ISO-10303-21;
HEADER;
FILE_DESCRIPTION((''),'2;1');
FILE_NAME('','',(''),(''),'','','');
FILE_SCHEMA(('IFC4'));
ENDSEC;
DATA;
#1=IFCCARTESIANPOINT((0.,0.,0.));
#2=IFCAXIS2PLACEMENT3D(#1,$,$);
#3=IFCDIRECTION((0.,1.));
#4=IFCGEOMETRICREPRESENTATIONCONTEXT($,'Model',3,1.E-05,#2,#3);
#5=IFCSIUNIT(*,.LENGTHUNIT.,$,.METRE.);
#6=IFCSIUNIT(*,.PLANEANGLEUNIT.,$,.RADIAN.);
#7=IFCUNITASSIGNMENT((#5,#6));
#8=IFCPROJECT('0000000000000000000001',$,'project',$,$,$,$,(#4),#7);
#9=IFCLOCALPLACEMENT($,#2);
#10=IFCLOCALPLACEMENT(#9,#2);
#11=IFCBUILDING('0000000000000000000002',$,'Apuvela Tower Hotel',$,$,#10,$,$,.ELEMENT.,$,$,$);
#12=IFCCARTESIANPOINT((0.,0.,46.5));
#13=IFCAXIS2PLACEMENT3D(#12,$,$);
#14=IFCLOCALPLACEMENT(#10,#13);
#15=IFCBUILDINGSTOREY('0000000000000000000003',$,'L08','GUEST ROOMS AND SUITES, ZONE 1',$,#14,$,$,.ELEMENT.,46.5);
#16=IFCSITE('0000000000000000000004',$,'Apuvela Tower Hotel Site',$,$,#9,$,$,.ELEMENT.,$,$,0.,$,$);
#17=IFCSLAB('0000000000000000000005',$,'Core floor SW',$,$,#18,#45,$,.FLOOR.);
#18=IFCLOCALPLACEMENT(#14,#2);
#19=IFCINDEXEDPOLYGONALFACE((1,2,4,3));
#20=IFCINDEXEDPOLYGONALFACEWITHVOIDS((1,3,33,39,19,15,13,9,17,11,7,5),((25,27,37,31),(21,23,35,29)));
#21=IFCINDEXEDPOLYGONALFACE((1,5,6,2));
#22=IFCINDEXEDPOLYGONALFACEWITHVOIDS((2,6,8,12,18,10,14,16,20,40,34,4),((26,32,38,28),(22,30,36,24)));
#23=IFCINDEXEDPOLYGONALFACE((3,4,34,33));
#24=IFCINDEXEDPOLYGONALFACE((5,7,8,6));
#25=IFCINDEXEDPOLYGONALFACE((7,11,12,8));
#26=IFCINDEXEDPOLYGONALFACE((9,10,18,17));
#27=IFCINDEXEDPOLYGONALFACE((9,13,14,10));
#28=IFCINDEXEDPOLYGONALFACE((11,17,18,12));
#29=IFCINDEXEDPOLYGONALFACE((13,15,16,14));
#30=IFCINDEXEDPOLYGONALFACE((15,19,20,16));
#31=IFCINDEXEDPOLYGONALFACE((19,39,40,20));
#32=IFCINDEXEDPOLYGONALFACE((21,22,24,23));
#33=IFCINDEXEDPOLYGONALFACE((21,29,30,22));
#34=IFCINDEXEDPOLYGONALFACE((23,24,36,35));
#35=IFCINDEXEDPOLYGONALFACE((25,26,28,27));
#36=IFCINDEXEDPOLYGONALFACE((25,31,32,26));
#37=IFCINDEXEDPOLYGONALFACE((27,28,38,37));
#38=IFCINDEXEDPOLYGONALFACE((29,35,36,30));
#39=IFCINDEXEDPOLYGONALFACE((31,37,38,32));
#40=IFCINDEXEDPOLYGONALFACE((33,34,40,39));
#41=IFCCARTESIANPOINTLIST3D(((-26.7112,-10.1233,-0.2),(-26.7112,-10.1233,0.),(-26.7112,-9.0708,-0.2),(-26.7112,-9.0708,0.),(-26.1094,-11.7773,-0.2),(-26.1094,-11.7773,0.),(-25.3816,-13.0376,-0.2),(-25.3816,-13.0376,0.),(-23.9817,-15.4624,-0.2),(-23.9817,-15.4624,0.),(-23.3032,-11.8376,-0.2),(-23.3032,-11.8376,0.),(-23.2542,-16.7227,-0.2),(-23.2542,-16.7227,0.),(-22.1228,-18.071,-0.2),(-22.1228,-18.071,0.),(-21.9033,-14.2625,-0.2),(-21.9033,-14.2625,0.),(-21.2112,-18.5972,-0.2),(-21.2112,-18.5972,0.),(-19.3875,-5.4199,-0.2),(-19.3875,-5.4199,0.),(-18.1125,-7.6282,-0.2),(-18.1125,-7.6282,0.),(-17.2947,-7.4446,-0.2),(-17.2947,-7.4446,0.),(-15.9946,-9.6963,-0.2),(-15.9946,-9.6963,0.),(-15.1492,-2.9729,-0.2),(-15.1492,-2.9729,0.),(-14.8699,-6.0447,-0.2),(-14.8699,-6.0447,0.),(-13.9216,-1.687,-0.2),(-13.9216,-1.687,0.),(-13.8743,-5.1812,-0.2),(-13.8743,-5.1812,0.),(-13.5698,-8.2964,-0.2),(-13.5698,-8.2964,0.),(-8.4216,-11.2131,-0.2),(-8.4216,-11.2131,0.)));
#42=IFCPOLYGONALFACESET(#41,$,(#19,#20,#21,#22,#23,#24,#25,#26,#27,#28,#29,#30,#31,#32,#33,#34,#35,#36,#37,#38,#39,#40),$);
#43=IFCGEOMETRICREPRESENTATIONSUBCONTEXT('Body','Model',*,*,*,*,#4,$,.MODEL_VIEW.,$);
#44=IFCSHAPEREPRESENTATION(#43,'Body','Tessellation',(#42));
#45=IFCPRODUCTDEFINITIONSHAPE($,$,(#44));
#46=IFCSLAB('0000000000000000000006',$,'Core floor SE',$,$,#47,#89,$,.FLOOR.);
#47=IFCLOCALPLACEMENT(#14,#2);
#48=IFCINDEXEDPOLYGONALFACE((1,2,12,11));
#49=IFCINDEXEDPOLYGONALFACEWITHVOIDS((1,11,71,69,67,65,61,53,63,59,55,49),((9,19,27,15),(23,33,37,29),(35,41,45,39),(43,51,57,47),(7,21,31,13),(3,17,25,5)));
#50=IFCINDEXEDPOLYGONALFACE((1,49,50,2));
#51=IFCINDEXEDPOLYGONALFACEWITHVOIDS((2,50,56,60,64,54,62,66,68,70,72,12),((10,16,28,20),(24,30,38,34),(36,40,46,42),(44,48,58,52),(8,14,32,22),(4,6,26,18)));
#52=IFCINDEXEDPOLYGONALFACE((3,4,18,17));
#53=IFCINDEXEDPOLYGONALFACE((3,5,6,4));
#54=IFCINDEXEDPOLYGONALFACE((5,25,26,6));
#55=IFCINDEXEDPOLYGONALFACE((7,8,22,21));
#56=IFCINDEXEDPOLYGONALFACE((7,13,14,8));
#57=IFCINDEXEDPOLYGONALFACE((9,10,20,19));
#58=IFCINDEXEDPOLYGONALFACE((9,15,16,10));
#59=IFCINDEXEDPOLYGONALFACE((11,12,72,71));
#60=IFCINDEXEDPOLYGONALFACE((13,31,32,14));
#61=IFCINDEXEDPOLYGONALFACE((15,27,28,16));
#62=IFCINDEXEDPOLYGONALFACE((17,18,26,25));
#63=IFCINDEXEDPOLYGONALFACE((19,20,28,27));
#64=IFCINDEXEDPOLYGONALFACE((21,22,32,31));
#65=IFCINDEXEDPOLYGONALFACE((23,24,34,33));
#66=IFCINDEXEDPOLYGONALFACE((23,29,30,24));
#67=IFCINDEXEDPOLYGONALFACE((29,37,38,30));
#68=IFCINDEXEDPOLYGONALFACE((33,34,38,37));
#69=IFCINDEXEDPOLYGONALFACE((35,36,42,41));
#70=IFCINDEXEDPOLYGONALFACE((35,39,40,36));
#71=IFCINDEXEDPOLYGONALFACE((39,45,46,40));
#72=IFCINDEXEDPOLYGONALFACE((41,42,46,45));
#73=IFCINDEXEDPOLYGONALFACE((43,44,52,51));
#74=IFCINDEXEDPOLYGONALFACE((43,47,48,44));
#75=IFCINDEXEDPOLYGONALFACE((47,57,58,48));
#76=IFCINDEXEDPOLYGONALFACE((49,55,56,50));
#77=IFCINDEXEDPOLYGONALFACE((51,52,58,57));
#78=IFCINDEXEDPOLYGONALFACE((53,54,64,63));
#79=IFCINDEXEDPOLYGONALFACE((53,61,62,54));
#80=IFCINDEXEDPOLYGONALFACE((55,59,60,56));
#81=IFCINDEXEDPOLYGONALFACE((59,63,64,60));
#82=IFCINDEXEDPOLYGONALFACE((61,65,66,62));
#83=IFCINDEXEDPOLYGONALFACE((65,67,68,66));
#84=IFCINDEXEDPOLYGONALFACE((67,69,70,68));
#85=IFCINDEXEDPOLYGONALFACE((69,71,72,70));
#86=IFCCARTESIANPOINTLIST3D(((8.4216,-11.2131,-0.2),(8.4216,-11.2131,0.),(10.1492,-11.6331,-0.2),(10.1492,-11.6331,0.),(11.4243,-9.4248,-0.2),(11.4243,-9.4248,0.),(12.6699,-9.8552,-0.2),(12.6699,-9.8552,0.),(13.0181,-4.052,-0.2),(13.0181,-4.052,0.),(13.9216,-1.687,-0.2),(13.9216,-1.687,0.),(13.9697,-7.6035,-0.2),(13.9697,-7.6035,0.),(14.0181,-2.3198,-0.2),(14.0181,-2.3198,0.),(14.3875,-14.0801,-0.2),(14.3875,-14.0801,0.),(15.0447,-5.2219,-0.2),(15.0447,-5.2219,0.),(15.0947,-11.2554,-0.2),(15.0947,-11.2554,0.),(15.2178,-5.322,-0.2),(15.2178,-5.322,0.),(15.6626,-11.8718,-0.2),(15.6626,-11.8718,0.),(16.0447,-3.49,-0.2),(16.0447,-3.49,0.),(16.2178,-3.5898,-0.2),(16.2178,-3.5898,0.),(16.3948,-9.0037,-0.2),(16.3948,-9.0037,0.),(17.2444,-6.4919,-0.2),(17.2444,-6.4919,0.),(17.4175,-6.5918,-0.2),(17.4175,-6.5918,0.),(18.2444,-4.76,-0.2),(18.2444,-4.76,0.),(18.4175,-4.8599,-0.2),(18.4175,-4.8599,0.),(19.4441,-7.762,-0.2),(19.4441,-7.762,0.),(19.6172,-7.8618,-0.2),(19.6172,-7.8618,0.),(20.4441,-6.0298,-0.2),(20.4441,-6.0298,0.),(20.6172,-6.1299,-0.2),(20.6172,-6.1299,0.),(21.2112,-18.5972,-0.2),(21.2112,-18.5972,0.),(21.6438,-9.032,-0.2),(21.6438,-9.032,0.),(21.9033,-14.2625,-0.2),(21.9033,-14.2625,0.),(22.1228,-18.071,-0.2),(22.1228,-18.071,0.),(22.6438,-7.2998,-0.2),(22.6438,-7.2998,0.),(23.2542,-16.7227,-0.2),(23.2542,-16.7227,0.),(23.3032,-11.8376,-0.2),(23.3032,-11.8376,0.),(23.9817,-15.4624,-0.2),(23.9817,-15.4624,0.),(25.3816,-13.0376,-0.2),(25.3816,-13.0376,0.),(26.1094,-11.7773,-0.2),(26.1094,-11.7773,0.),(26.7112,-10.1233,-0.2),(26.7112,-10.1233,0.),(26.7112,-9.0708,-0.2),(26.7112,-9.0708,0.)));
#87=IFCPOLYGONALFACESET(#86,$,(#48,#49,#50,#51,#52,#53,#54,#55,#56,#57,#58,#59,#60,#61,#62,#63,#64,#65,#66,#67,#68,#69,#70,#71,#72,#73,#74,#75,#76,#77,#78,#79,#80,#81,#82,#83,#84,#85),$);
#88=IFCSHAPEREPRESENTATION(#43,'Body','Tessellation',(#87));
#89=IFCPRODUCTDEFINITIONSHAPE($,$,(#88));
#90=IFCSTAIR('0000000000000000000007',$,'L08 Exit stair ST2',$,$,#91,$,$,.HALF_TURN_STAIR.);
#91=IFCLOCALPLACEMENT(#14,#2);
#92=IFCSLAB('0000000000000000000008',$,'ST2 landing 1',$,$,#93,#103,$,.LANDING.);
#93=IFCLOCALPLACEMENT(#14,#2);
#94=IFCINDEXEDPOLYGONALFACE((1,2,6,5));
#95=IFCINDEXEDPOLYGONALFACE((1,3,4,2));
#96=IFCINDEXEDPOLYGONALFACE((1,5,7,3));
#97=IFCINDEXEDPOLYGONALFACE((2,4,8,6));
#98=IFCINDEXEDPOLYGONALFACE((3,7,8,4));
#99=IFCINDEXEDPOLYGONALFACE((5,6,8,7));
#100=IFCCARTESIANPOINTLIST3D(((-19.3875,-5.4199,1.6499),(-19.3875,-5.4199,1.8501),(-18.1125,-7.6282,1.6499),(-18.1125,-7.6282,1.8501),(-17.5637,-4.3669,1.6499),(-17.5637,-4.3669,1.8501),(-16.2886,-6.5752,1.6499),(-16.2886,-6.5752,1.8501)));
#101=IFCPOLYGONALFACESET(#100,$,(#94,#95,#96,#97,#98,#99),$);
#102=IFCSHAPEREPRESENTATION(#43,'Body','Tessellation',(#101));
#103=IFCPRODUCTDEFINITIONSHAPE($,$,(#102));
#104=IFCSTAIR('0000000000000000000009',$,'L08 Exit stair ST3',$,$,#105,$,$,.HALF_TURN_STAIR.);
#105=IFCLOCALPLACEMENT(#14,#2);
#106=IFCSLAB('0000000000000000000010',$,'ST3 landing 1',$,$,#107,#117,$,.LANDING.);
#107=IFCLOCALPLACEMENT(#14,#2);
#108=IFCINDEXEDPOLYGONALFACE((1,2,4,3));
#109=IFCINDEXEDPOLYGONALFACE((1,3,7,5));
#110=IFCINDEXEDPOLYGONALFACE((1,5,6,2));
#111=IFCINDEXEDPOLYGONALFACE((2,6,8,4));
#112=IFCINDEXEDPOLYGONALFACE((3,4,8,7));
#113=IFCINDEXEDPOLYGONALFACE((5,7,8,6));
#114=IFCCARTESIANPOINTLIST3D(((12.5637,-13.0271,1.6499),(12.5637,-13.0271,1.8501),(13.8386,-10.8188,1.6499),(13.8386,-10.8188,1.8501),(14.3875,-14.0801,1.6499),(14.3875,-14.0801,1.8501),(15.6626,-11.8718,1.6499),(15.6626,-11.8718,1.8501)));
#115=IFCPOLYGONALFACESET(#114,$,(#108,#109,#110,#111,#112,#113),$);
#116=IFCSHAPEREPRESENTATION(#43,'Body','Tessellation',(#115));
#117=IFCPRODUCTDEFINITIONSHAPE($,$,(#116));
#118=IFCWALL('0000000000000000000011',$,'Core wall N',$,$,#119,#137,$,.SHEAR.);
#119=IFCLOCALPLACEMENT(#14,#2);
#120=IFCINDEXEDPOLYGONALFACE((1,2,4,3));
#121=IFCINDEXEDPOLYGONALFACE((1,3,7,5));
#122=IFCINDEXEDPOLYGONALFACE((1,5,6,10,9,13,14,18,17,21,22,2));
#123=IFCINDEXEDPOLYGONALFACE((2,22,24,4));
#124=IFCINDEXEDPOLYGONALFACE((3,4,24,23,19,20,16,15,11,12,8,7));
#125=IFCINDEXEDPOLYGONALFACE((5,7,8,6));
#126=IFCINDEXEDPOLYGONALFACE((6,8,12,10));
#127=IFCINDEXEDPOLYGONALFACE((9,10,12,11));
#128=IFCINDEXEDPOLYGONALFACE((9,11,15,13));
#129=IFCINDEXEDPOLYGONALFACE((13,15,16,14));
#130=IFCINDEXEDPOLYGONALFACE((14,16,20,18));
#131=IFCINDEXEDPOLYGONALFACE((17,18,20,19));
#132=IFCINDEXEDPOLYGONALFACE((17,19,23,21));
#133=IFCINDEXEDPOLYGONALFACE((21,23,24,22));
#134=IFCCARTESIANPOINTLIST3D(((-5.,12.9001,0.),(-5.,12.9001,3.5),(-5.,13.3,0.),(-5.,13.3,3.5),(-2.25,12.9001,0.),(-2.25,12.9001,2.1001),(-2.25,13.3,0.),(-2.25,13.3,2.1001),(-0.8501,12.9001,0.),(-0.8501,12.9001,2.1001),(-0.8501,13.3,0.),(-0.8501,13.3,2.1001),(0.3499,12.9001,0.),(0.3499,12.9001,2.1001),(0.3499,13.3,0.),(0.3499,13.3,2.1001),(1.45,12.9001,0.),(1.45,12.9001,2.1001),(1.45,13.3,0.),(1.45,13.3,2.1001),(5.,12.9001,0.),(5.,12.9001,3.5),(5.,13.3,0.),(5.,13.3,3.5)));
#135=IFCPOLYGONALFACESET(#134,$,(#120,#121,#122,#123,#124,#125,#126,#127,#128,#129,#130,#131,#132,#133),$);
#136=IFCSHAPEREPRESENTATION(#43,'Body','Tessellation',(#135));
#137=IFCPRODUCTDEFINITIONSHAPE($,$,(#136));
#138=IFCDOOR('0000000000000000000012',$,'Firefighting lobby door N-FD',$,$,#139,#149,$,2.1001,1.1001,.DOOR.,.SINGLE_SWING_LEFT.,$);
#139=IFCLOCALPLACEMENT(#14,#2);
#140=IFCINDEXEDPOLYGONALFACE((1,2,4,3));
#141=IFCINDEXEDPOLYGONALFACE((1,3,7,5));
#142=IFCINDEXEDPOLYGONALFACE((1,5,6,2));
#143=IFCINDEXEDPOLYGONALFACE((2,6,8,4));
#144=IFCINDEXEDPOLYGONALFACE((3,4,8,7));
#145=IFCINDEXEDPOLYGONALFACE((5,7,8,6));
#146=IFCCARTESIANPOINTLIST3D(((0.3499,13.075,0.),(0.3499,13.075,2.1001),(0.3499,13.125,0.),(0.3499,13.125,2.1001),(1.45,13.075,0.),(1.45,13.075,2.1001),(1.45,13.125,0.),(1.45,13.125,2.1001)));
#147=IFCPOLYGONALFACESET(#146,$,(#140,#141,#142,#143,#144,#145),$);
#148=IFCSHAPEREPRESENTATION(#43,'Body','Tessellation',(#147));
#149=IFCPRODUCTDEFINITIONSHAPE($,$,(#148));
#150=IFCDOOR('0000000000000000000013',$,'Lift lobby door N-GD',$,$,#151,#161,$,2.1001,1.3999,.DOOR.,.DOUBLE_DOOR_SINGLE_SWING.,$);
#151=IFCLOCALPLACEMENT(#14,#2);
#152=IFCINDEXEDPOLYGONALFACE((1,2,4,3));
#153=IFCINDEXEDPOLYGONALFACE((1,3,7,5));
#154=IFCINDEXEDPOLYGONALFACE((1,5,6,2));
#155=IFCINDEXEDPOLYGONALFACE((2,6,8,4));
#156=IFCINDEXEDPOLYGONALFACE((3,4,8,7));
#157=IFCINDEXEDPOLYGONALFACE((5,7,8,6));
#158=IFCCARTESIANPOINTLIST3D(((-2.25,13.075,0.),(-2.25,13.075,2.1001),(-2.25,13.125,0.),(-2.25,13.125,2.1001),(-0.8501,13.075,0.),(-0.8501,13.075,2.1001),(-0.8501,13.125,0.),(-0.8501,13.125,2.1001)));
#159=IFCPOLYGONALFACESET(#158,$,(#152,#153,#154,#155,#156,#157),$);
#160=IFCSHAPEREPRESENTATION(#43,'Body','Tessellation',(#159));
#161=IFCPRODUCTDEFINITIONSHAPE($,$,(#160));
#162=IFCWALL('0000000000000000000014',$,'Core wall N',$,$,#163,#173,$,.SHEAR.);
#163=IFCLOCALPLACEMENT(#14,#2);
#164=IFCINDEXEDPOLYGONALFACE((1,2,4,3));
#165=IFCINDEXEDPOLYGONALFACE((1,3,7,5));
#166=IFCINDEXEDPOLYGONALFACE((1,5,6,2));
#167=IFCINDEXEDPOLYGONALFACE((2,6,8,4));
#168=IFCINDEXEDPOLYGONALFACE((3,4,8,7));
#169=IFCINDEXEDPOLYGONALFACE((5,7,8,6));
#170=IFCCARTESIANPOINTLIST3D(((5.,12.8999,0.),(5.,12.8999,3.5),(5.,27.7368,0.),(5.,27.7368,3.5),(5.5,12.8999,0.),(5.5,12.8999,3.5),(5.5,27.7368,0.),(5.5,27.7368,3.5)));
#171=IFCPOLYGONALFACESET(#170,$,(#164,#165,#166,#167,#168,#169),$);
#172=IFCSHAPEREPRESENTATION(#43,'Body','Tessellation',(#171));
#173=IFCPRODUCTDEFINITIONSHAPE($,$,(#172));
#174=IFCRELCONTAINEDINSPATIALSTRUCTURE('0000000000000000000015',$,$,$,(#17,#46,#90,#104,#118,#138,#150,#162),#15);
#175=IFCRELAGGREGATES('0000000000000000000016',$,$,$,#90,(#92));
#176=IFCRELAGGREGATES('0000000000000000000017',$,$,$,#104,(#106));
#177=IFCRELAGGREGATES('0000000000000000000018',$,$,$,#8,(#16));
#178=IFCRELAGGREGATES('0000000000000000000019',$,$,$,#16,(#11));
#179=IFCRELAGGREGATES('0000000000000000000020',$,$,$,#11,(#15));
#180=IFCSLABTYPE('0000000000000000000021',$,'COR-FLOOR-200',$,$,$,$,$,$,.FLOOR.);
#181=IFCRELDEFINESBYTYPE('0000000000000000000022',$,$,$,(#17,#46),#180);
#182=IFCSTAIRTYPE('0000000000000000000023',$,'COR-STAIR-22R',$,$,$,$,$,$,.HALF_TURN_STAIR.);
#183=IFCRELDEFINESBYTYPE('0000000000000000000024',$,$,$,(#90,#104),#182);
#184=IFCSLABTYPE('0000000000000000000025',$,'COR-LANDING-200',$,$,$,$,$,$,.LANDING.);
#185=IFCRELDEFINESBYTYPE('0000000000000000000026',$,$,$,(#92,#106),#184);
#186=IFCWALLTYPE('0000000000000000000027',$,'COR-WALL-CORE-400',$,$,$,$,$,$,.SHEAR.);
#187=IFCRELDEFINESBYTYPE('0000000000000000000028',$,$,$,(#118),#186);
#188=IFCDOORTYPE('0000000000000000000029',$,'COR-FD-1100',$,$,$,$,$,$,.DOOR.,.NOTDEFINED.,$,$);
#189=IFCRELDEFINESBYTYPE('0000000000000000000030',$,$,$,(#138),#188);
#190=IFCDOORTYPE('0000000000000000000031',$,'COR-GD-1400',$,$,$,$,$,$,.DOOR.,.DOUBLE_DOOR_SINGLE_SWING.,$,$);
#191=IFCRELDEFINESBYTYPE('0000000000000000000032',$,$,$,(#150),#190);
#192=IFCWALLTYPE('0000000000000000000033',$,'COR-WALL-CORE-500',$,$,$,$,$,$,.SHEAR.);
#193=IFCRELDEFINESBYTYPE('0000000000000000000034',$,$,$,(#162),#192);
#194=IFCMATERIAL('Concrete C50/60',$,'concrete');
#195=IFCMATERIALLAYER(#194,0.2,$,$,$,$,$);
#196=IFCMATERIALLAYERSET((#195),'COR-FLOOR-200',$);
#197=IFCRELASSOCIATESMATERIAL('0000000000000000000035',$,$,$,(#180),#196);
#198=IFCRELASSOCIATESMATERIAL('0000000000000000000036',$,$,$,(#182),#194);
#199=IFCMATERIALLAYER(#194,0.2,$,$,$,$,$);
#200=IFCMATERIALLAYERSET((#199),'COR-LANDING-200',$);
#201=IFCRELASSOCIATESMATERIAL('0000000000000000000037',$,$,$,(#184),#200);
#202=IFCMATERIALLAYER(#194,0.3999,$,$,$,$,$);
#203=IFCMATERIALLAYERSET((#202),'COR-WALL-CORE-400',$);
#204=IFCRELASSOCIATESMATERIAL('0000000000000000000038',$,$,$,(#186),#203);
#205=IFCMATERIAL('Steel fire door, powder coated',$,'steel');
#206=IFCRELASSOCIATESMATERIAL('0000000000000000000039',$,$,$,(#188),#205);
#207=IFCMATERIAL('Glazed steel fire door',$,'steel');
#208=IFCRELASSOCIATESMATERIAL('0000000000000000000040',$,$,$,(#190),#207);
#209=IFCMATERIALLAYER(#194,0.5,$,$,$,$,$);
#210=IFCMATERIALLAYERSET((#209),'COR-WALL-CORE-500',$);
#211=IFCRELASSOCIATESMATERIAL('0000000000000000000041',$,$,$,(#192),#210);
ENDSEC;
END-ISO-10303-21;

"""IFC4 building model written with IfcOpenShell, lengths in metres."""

from ifc_helpers import new_model, si_unit, direction, frame, frame_2d, origin, place, context, subcontext, project, spatial, polyline, rectangle, outline, extrude, material, layer, layer_set, type_object, element, fill, aggregate, save


model = new_model("IFC4")

# Units and contexts
model_context = context("Model", 3, precision=1e-05, world=origin(), true_north=direction((0.0, 1.0)))
body_context = subcontext(model_context, "Body", "Model", "MODEL_VIEW")
ifc_project = project(units=[si_unit("LENGTHUNIT", "METRE"), si_unit("PLANEANGLEUNIT", "RADIAN")], contexts=[model_context])

# Site, building, storey
site_placement = place(None, origin())
site = spatial("IfcSite", under=ifc_project, at=site_placement, Name="Apuvela Tower Hotel Site", CompositionType="ELEMENT", RefElevation=0.0)
building_placement = place(site_placement, origin())
building = spatial("IfcBuilding", under=site, at=building_placement, Name="Apuvela Tower Hotel", CompositionType="ELEMENT")
storey_placement = place(building_placement, frame((0.0, 0.0, 46.5)))
storey = spatial("IfcBuildingStorey", under=building, at=storey_placement, Name="L08", Description="GUEST ROOMS AND SUITES, ZONE 1", CompositionType="ELEMENT", Elevation=46.5)

# Slabs
ifc_material_1 = material(Name="Concrete C50/60", Category="concrete")
ifc_layer_1 = layer(ifc_material_1, 0.2)
ifc_layer_set_1 = layer_set([ifc_layer_1], Name="COR-FLOOR-200")
slab_type_1 = type_object("IfcSlabType", Name="COR-FLOOR-200", PredefinedType="FLOOR", material=ifc_layer_set_1)
slab_1_placement = place(storey_placement, frame((0.0, 0.0, -0.2)))
element("IfcSlab", 1, at=slab_1_placement, inside=storey, type_object=slab_type_1, Name="Core floor SW", PredefinedType="FLOOR", context=body_context, shape_type="SweptSolid", body=[
    extrude(outline(polyline([(-26.7112, -9.0708), (-26.7112, -10.1233), (-26.1094, -11.7773), (-25.3816, -13.0376), (-23.3032, -11.8376), (-21.9033, -14.2625), (-23.9817, -15.4624), (-23.2542, -16.7227), (-22.1228, -18.071), (-21.2112, -18.5972), (-8.4216, -11.2131), (-13.9216, -1.687), (-26.7112, -9.0708)]), holes=[polyline([(-13.8743, -5.1812), (-18.1125, -7.6282), (-19.3875, -5.4199), (-15.1492, -2.9729), (-13.8743, -5.1812)]), polyline([(-13.5698, -8.2964), (-15.9946, -9.6963), (-17.2947, -7.4446), (-14.8699, -6.0447), (-13.5698, -8.2964)])]), origin(), (0.0, 0.0, 1.0), 0.2),
])
slab_2_placement = place(storey_placement, frame((0.0, 0.0, -0.2)))
element("IfcSlab", 2, at=slab_2_placement, inside=storey, type_object=slab_type_1, Name="Core floor SE", PredefinedType="FLOOR", context=body_context, shape_type="SweptSolid", body=[
    extrude(outline(polyline([(21.2112, -18.5972), (22.1228, -18.071), (23.2542, -16.7227), (23.9817, -15.4624), (21.9033, -14.2625), (23.3032, -11.8376), (25.3816, -13.0376), (26.1094, -11.7773), (26.7112, -10.1233), (26.7112, -9.0708), (13.9216, -1.687), (8.4216, -11.2131), (21.2112, -18.5972)]), holes=[polyline([(13.0181, -4.052), (14.0181, -2.3198), (16.0447, -3.49), (15.0447, -5.2219), (13.0181, -4.052)]), polyline([(17.2444, -6.4919), (15.2178, -5.322), (16.2178, -3.5898), (18.2444, -4.76), (17.2444, -6.4919)]), polyline([(14.3875, -14.0801), (10.1492, -11.6331), (11.4243, -9.4248), (15.6626, -11.8718), (14.3875, -14.0801)]), polyline([(12.6699, -9.8552), (13.9697, -7.6035), (16.3948, -9.0037), (15.0947, -11.2554), (12.6699, -9.8552)]), polyline([(19.4441, -7.762), (17.4175, -6.5918), (18.4175, -4.8599), (20.4441, -6.0298), (19.4441, -7.762)]), polyline([(21.6438, -9.032), (19.6172, -7.8618), (20.6172, -6.1299), (22.6438, -7.2998), (21.6438, -9.032)])]), origin(), (0.0, 0.0, 1.0), 0.2),
])

# Stairs, slabs
stair_type = type_object("IfcStairType", Name="COR-STAIR-22R", PredefinedType="HALF_TURN_STAIR", material=ifc_material_1)
stair_1_placement = place(storey_placement, origin())
stair_1 = element("IfcStair", 3, at=stair_1_placement, inside=storey, type_object=stair_type, Name="L08 Exit stair ST2", PredefinedType="HALF_TURN_STAIR")
ifc_layer_2 = layer(ifc_material_1, 0.2)
ifc_layer_set_2 = layer_set([ifc_layer_2], Name="COR-LANDING-200")
slab_type_2 = type_object("IfcSlabType", Name="COR-LANDING-200", PredefinedType="LANDING", material=ifc_layer_set_2)
slab_3_placement = place(storey_placement, frame((0.0, 0.0, 1.6499)))
slab_3 = element("IfcSlab", 4, at=slab_3_placement, type_object=slab_type_2, Name="ST2 landing 1", PredefinedType="LANDING", context=body_context, shape_type="SweptSolid", body=[
    extrude(outline(polyline([(-17.5637, -4.3669), (-19.3875, -5.4199), (-18.1125, -7.6282), (-16.2886, -6.5752), (-17.5637, -4.3669)])), origin(), (0.0, 0.0, 1.0), 0.2002),
])
aggregate(stair_1, [slab_3])
stair_2_placement = place(storey_placement, origin())
stair_2 = element("IfcStair", 5, at=stair_2_placement, inside=storey, type_object=stair_type, Name="L08 Exit stair ST3", PredefinedType="HALF_TURN_STAIR")
slab_4_placement = place(storey_placement, frame((0.0, 0.0, 1.6499)))
slab_4 = element("IfcSlab", 6, at=slab_4_placement, type_object=slab_type_2, Name="ST3 landing 1", PredefinedType="LANDING", context=body_context, shape_type="SweptSolid", body=[
    extrude(outline(polyline([(12.5637, -13.0271), (14.3875, -14.0801), (15.6626, -11.8718), (13.8386, -10.8188), (12.5637, -13.0271)])), origin(), (0.0, 0.0, 1.0), 0.2002),
])
aggregate(stair_2, [slab_4])

# Wall, openings, doors
ifc_layer_3 = layer(ifc_material_1, 0.3999)
ifc_layer_set_3 = layer_set([ifc_layer_3], Name="COR-WALL-CORE-400")
wall_type_1 = type_object("IfcWallType", Name="COR-WALL-CORE-400", PredefinedType="SHEAR", material=ifc_layer_set_3)
wall_1_placement = place(storey_placement, frame((5.0, 13.1001, 0.0), z_axis=(0.0, 0.0, 1.0), x_axis=(-1.0, 0.0, 0.0)))
wall_1 = element("IfcWall", 7, at=wall_1_placement, inside=storey, type_object=wall_type_1, Name="Core wall N", PredefinedType="SHEAR", context=body_context, shape_type="SweptSolid", body=[
    extrude(rectangle(XDim=10.0, YDim=0.3999, at=frame_2d((5.0, 0.0))), origin(), (0.0, 0.0, 1.0), 3.5),
])
opening_1_placement = place(wall_1_placement, frame((3.55, 0.0, 0.0)))
opening_1 = element("IfcOpeningElement", 8, at=opening_1_placement, cuts=wall_1, PredefinedType="OPENING", context=body_context, shape_type="SweptSolid", body=[
    extrude(rectangle(XDim=1.1001, YDim=2.1001, at=frame_2d((0.55, 1.05))), frame((0.0, 0.21, 0.0), z_axis=(0.0, -1.0, 0.0), x_axis=(1.0, 0.0, 0.0)), (0.0, 0.0, 1.0), 0.4199),
])
opening_2_placement = place(wall_1_placement, frame((5.8501, 0.0, 0.0)))
opening_2 = element("IfcOpeningElement", 9, at=opening_2_placement, cuts=wall_1, PredefinedType="OPENING", context=body_context, shape_type="SweptSolid", body=[
    extrude(rectangle(XDim=1.3999, YDim=2.1001, at=frame_2d((0.7, 1.05))), frame((0.0, 0.21, 0.0), z_axis=(0.0, -1.0, 0.0), x_axis=(1.0, 0.0, 0.0)), (0.0, 0.0, 1.0), 0.4199),
])
ifc_material_2 = material(Name="Steel fire door, powder coated", Category="steel")
door_type_1 = type_object("IfcDoorType", Name="COR-FD-1100", OperationType="NOTDEFINED", PredefinedType="DOOR", material=ifc_material_2)
door_1_placement = place(opening_1_placement, frame((1.1001, 0.0, 0.0), z_axis=(0.0, 0.0, 1.0), x_axis=(-1.0, 0.0, 0.0)))
door_1 = element("IfcDoor", 10, at=door_1_placement, inside=storey, type_object=door_type_1, Name="Firefighting lobby door N-FD", OperationType="SINGLE_SWING_LEFT", OverallHeight=2.1001, OverallWidth=1.1001, PredefinedType="DOOR", context=body_context, shape_type="SweptSolid", body=[
    extrude(rectangle(XDim=1.1001, YDim=2.1001, at=frame_2d((0.55, 1.05))), frame((0.0, 0.0249, 0.0), z_axis=(0.0, -1.0, 0.0), x_axis=(1.0, 0.0, 0.0)), (0.0, 0.0, 1.0), 0.05),
])
fill(opening_1, door_1)
ifc_material_3 = material(Name="Glazed steel fire door", Category="steel")
door_type_2 = type_object("IfcDoorType", Name="COR-GD-1400", OperationType="DOUBLE_DOOR_SINGLE_SWING", PredefinedType="DOOR", material=ifc_material_3)
door_2_placement = place(opening_2_placement, frame((1.3999, 0.0, 0.0), z_axis=(0.0, 0.0, 1.0), x_axis=(-1.0, 0.0, 0.0)))
door_2 = element("IfcDoor", 11, at=door_2_placement, inside=storey, type_object=door_type_2, Name="Lift lobby door N-GD", OperationType="DOUBLE_DOOR_SINGLE_SWING", OverallHeight=2.1001, OverallWidth=1.3999, PredefinedType="DOOR", context=body_context, shape_type="SweptSolid", body=[
    extrude(rectangle(XDim=1.3999, YDim=2.1001, at=frame_2d((0.7, 1.05))), frame((0.0, 0.0249, 0.0), z_axis=(0.0, -1.0, 0.0), x_axis=(1.0, 0.0, 0.0)), (0.0, 0.0, 1.0), 0.05),
])
fill(opening_2, door_2)

# Wall
ifc_layer_4 = layer(ifc_material_1, 0.5)
ifc_layer_set_4 = layer_set([ifc_layer_4], Name="COR-WALL-CORE-500")
wall_type_2 = type_object("IfcWallType", Name="COR-WALL-CORE-500", PredefinedType="SHEAR", material=ifc_layer_set_4)
wall_2_placement = place(storey_placement, frame((5.25, 12.8999, 0.0), z_axis=(0.0, 0.0, 1.0), x_axis=(0.0, 1.0, 0.0)))
element("IfcWall", 12, at=wall_2_placement, inside=storey, type_object=wall_type_2, Name="Core wall N", PredefinedType="SHEAR", context=body_context, shape_type="SweptSolid", body=[
    extrude(rectangle(XDim=14.8369, YDim=0.5, at=frame_2d((7.4185, 0.0))), origin(), (0.0, 0.0, 1.0), 3.5),
])

save(model, "model.ifc")
